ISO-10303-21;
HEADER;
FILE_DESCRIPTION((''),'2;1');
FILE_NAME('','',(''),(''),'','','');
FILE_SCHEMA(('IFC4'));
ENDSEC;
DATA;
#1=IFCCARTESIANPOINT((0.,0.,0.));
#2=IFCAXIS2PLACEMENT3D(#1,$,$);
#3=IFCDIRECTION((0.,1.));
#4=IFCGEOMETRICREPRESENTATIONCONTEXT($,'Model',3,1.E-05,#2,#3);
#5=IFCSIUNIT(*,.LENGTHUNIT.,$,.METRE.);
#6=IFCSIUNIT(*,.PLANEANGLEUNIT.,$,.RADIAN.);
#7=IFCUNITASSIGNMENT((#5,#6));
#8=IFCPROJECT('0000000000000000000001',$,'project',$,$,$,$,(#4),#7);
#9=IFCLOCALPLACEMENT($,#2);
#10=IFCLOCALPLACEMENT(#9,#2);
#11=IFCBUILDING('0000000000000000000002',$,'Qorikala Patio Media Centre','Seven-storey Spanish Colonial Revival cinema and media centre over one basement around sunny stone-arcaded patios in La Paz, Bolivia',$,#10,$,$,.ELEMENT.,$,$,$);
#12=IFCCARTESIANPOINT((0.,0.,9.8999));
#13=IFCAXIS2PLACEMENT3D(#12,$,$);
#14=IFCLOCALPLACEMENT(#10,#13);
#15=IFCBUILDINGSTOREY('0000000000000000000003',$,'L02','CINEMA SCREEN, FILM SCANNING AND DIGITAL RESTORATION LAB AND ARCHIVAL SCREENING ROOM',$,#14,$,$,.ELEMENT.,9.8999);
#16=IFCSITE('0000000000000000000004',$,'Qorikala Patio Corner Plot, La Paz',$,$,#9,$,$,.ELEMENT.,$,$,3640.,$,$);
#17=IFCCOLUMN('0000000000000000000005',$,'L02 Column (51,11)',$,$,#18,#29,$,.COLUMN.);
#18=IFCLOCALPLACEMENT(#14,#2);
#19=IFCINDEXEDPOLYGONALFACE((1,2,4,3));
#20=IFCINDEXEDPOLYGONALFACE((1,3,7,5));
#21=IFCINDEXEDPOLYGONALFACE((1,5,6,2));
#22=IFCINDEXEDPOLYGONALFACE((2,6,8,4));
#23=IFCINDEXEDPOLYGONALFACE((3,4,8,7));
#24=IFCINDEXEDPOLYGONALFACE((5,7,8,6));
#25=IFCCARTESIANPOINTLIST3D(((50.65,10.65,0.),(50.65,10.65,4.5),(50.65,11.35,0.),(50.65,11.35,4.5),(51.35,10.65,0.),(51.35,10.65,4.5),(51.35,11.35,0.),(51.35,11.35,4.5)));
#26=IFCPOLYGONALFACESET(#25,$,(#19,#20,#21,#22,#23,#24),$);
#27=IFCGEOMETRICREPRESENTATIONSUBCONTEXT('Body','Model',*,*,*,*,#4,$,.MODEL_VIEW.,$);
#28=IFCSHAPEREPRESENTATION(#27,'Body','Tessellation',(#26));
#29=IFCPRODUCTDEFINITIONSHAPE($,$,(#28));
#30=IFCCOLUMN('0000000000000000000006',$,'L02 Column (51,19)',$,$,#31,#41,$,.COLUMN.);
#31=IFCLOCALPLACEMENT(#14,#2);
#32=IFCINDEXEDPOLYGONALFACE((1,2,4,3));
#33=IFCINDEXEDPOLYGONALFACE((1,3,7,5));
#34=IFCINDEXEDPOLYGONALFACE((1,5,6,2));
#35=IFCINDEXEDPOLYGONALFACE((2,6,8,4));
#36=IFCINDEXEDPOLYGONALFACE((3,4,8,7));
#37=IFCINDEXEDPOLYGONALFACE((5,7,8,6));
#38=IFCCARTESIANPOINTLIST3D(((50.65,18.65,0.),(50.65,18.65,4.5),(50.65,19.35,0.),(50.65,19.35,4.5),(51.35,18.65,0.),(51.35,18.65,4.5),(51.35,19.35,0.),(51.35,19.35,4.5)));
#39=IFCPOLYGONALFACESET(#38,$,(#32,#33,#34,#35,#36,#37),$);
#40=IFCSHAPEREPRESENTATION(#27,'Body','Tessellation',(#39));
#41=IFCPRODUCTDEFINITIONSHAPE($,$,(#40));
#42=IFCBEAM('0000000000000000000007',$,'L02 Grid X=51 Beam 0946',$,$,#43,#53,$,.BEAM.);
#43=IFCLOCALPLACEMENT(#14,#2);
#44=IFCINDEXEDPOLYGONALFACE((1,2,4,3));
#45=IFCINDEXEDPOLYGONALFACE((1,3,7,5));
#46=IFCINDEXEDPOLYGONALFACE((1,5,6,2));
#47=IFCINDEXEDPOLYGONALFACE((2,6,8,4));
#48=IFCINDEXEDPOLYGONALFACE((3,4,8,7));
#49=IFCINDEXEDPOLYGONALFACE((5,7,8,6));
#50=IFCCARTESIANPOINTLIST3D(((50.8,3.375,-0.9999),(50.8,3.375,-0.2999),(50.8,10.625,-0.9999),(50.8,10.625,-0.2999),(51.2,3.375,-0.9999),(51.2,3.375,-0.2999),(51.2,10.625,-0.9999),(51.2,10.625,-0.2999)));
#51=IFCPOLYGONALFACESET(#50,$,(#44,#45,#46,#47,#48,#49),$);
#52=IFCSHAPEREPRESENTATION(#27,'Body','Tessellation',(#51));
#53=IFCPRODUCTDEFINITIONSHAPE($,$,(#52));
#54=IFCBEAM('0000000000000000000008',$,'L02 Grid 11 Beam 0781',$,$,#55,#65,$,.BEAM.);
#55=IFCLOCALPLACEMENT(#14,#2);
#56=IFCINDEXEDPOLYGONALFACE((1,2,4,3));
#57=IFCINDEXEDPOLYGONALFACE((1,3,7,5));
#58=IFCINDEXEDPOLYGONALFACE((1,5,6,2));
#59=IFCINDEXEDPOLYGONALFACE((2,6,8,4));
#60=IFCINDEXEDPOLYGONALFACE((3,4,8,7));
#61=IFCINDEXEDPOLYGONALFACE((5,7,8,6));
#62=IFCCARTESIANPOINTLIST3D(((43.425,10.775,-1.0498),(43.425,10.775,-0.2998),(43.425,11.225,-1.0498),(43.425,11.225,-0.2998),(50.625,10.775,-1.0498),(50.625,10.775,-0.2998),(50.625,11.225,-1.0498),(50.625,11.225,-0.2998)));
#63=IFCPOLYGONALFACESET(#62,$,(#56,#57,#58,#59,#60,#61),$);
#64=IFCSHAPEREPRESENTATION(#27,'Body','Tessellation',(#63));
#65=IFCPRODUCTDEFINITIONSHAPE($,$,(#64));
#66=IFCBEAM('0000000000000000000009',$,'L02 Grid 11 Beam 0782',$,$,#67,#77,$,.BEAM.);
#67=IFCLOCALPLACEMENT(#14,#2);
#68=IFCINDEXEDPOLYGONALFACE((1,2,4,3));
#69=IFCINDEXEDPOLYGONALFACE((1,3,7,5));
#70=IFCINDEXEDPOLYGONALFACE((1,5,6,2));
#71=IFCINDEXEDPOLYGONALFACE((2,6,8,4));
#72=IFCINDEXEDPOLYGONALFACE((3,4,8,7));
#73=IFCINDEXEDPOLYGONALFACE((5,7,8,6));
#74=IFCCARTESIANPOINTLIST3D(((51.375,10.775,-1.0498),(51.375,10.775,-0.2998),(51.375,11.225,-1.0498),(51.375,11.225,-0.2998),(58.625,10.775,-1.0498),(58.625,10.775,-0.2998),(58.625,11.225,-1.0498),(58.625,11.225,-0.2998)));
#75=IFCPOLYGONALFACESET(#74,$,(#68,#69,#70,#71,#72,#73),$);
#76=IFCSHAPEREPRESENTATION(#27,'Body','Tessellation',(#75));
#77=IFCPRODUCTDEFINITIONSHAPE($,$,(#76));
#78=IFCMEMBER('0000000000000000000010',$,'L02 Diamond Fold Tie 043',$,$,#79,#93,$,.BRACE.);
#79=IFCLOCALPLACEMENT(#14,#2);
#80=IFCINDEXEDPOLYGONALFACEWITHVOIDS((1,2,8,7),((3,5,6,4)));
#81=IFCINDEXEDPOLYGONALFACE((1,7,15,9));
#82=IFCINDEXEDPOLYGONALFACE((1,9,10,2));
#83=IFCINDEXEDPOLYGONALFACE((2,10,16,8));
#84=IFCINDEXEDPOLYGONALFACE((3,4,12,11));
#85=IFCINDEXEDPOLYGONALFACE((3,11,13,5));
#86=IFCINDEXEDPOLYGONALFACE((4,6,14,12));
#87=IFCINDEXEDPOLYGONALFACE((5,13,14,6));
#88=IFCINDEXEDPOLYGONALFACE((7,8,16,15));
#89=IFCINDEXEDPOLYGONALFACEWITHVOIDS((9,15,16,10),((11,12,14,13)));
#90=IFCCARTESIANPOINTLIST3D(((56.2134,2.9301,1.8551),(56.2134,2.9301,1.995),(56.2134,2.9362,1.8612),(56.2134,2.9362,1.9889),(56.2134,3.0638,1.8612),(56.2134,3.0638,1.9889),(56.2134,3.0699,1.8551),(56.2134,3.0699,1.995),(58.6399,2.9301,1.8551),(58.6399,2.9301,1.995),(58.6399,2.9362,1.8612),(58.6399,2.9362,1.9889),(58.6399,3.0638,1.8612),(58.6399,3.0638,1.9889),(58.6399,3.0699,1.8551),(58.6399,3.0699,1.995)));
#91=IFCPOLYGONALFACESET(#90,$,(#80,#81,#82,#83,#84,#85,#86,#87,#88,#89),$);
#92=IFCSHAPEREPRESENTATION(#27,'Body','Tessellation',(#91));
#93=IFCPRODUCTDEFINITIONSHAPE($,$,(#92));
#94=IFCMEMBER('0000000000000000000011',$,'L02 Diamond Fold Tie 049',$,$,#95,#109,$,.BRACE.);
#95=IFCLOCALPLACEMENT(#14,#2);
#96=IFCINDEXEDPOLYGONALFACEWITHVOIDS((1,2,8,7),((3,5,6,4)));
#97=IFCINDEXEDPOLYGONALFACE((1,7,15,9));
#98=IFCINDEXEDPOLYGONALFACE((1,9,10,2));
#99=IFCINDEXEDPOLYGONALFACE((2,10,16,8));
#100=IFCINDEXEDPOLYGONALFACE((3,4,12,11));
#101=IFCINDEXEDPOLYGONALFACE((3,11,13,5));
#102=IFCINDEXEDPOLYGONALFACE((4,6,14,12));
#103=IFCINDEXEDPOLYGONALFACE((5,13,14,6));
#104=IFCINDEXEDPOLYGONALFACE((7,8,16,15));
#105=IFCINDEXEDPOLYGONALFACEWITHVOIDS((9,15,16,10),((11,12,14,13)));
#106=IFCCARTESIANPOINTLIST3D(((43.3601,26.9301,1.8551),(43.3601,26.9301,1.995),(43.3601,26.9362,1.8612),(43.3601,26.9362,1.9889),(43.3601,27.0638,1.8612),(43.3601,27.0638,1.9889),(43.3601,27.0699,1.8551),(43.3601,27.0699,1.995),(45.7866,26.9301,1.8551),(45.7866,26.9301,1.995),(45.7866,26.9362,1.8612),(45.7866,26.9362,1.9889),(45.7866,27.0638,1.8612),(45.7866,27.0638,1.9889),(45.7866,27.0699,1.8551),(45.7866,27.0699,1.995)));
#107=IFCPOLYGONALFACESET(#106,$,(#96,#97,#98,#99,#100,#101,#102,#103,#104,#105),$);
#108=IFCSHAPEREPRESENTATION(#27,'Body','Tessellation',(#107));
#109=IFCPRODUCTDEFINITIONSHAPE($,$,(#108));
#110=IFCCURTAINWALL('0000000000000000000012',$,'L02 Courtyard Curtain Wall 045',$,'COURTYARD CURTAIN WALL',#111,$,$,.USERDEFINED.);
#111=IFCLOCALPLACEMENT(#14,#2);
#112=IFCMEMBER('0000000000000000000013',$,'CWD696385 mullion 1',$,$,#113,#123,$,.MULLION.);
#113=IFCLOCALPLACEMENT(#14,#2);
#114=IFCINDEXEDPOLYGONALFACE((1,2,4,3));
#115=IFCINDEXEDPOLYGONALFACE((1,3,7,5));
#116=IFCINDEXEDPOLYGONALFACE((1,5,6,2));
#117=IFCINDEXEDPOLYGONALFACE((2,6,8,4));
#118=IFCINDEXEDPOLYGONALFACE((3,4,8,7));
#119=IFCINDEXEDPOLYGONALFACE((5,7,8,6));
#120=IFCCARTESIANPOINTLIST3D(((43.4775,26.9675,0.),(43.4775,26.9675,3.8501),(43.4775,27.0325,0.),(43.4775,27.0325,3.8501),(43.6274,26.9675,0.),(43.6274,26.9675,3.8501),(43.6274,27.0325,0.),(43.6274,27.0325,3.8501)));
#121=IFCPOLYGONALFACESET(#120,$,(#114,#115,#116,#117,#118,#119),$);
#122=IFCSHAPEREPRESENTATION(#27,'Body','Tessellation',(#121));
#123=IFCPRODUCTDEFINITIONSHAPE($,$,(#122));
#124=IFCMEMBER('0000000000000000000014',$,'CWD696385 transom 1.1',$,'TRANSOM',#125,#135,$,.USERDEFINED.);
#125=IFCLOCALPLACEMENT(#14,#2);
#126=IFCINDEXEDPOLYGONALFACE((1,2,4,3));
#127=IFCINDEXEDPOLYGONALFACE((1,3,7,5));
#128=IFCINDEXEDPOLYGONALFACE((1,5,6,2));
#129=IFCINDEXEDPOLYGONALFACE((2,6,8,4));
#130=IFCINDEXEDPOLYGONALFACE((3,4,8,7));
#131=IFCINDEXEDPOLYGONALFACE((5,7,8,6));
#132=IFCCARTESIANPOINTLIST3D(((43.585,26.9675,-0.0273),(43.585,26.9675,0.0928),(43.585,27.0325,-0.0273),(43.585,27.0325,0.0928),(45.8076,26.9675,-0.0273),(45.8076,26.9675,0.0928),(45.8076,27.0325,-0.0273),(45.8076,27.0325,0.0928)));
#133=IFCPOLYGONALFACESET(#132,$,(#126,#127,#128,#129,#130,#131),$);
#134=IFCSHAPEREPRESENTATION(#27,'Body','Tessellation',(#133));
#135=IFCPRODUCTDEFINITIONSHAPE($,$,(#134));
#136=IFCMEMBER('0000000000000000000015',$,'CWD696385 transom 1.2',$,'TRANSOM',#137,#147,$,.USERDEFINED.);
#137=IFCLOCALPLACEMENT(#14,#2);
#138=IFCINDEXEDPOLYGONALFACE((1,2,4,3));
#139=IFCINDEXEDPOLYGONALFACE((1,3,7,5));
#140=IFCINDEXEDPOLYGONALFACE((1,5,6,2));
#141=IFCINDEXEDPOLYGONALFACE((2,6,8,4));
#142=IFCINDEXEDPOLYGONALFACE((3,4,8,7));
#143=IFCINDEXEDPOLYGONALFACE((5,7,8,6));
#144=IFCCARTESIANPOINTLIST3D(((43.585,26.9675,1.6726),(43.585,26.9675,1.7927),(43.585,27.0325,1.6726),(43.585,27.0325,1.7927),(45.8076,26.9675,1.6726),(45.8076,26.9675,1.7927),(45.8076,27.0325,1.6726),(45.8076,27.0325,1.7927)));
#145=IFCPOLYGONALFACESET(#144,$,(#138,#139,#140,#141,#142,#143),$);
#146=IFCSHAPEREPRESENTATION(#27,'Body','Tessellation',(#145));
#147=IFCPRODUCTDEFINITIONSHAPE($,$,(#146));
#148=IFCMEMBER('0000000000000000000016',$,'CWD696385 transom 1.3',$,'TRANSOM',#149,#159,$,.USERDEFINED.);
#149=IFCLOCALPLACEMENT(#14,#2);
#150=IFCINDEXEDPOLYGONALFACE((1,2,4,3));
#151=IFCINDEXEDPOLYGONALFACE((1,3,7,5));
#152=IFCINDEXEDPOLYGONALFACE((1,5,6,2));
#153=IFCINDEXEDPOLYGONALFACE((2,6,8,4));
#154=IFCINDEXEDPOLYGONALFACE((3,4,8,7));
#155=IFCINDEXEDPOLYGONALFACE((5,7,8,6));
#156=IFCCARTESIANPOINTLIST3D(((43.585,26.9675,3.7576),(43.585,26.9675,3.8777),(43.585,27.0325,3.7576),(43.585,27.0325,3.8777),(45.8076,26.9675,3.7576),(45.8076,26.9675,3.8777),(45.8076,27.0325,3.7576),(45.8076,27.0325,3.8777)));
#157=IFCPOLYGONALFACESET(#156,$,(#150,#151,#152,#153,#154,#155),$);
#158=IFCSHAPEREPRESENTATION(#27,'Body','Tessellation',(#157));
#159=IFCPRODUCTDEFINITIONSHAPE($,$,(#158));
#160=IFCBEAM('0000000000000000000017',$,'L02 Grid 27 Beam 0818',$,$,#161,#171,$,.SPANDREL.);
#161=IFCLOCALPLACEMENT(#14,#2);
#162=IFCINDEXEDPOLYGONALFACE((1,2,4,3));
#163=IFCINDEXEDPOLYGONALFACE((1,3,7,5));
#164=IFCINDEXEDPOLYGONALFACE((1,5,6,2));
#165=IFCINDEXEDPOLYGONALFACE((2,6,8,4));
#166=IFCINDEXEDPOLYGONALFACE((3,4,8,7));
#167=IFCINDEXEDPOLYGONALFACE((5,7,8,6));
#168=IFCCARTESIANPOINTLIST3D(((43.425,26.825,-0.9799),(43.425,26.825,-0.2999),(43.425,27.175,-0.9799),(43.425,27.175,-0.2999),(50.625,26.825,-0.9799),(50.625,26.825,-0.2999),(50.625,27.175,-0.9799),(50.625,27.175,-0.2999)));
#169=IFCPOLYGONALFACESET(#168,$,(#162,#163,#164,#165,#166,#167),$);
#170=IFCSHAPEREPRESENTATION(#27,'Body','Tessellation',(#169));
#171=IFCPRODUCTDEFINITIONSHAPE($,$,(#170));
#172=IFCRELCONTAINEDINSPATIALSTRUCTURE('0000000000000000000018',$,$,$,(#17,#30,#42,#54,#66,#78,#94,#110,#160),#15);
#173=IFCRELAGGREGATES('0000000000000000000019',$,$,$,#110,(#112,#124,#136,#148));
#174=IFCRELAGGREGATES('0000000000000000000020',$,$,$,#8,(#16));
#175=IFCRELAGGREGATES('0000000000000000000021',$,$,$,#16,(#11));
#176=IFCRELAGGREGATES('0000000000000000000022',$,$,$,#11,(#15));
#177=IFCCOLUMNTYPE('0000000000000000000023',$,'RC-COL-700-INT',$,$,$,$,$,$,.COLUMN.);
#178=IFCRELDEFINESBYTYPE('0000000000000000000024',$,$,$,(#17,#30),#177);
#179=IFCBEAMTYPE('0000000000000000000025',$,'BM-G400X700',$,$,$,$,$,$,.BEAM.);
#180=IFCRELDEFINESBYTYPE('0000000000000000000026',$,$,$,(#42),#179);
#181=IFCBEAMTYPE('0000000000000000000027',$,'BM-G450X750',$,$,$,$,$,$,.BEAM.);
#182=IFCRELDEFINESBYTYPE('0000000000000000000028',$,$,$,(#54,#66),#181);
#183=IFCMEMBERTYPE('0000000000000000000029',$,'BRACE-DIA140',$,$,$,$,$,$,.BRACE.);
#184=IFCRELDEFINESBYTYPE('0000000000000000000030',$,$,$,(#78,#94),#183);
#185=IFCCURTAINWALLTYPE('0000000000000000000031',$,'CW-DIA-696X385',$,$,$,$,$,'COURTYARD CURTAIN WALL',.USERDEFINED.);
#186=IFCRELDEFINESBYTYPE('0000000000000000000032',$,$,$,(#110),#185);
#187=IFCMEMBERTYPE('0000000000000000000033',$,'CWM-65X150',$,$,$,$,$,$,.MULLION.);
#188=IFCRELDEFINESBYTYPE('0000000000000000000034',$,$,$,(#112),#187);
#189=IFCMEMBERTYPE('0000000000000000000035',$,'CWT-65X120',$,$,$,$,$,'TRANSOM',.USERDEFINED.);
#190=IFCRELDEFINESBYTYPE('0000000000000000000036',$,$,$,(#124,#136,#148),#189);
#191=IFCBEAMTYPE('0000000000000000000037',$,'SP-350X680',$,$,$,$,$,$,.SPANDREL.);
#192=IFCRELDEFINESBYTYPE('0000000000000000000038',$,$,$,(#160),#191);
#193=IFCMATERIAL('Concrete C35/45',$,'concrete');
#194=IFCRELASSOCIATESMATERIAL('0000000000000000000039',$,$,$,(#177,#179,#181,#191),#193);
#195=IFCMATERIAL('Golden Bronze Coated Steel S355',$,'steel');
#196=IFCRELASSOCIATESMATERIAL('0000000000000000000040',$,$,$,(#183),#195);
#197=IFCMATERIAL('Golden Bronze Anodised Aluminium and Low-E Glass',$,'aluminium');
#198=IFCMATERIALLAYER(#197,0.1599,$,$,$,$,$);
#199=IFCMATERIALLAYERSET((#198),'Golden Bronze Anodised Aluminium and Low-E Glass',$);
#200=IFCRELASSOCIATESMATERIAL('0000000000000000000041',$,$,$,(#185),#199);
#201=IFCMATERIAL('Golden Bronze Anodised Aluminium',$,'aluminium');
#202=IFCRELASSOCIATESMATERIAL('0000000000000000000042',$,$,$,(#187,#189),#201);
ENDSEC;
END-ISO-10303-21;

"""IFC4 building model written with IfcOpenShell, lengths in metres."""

from ifc_helpers import new_model, si_unit, direction, frame, origin, origin_2d, place, context, subcontext, project, spatial, rectangle, hollow_rectangle, extrude, material, layer, layer_set, material_profile, profile_set, type_object, element, aggregate, save


model = new_model("IFC4")

# Units and contexts
model_context = context("Model", 3, precision=1e-05, world=origin(), true_north=direction((0.0, 1.0)))
body_context = subcontext(model_context, "Body", "Model", "MODEL_VIEW")
ifc_project = project(units=[si_unit("LENGTHUNIT", "METRE"), si_unit("PLANEANGLEUNIT", "RADIAN")], contexts=[model_context])

# Site, building, storey
site_placement = place(None, origin())
site = spatial("IfcSite", under=ifc_project, at=site_placement, Name="Qorikala Patio Corner Plot, La Paz", CompositionType="ELEMENT", RefElevation=3640.0)
building_placement = place(site_placement, origin())
building = spatial("IfcBuilding", under=site, at=building_placement, Name="Qorikala Patio Media Centre", Description="Seven-storey Spanish Colonial Revival cinema and media centre over one basement around sunny stone-arcaded patios in La Paz, Bolivia", CompositionType="ELEMENT")
storey_placement = place(building_placement, frame((0.0, 0.0, 9.8999)))
storey = spatial("IfcBuildingStorey", under=building, at=storey_placement, Name="L02", Description="CINEMA SCREEN, FILM SCANNING AND DIGITAL RESTORATION LAB AND ARCHIVAL SCREENING ROOM", CompositionType="ELEMENT", Elevation=9.8999)

# Columns
ifc_material_1 = material(Name="Concrete C35/45", Category="concrete")
ifc_material_profile_1 = material_profile(ifc_material_1, rectangle(XDim=0.7, YDim=0.7, at=origin_2d()), Name="RC 700x700")
ifc_profile_set_1 = profile_set([ifc_material_profile_1], Name="Concrete C35/45")
column_type = type_object("IfcColumnType", Name="RC-COL-700-INT", PredefinedType="COLUMN", material=ifc_profile_set_1)
for number, where, z_axis, x_axis, name in (
    (1, (51.0, 11.0, 0.0), (0.0, 0.0, 1.0), (1.0, 0.0, 0.0), "L02 Column (51,11)"),
    (2, (51.0, 19.0, 0.0), (0.0, 0.0, 1.0), (1.0, 0.0, 0.0), "L02 Column (51,19)"),
):
    element("IfcColumn", number, at=place(storey_placement, frame(where, z_axis=z_axis, x_axis=x_axis)), inside=storey, type_object=column_type, Name=name, PredefinedType="COLUMN", context=body_context, shape_type="SweptSolid", body=[
        extrude(rectangle(XDim=0.7, YDim=0.7, at=origin_2d()), origin(), (0.0, 0.0, 1.0), 4.5),
    ])

# Beams
ifc_material_profile_2 = material_profile(ifc_material_1, rectangle(XDim=0.3999, YDim=0.7, at=origin_2d()), Name="RC 400x700")
ifc_profile_set_2 = profile_set([ifc_material_profile_2], Name="Concrete C35/45")
beam_type_1 = type_object("IfcBeamType", Name="BM-G400X700", PredefinedType="BEAM", material=ifc_profile_set_2)
beam_1_placement = place(storey_placement, frame((51.0, 3.375, -0.6499), z_axis=(0.0, 1.0, 0.0), x_axis=(-1.0, 0.0, 0.0)))
element("IfcBeam", 3, at=beam_1_placement, inside=storey, type_object=beam_type_1, Name="L02 Grid X=51 Beam 0946", PredefinedType="BEAM", context=body_context, shape_type="SweptSolid", body=[
    extrude(rectangle(XDim=0.3999, YDim=0.7, at=origin_2d()), origin(), (0.0, 0.0, 1.0), 7.25),
])
ifc_material_profile_3 = material_profile(ifc_material_1, rectangle(XDim=0.45, YDim=0.75, at=origin_2d()), Name="RC 450x750")
ifc_profile_set_3 = profile_set([ifc_material_profile_3], Name="Concrete C35/45")
beam_type_2 = type_object("IfcBeamType", Name="BM-G450X750", PredefinedType="BEAM", material=ifc_profile_set_3)
beam_2_placement = place(storey_placement, frame((43.425, 11.0, -0.6748), z_axis=(1.0, 0.0, 0.0), x_axis=(0.0, 1.0, 0.0)))
element("IfcBeam", 4, at=beam_2_placement, inside=storey, type_object=beam_type_2, Name="L02 Grid 11 Beam 0781", PredefinedType="BEAM", context=body_context, shape_type="SweptSolid", body=[
    extrude(rectangle(XDim=0.45, YDim=0.75, at=origin_2d()), origin(), (0.0, 0.0, 1.0), 7.2),
])
beam_3_placement = place(storey_placement, frame((51.375, 11.0, -0.6748), z_axis=(1.0, 0.0, 0.0), x_axis=(0.0, 1.0, 0.0)))
element("IfcBeam", 5, at=beam_3_placement, inside=storey, type_object=beam_type_2, Name="L02 Grid 11 Beam 0782", PredefinedType="BEAM", context=body_context, shape_type="SweptSolid", body=[
    extrude(rectangle(XDim=0.45, YDim=0.75, at=origin_2d()), origin(), (0.0, 0.0, 1.0), 7.25),
])

# Members
ifc_material_2 = material(Name="Golden Bronze Coated Steel S355", Category="steel")
ifc_material_profile_4 = material_profile(ifc_material_2, hollow_rectangle(XDim=0.1399, YDim=0.1399, WallThickness=0.0061, at=origin_2d()), Name="HSS140X140X6")
ifc_profile_set_4 = profile_set([ifc_material_profile_4], Name="Golden Bronze Coated Steel S355")
member_type_1 = type_object("IfcMemberType", Name="BRACE-DIA140", PredefinedType="BRACE", material=ifc_profile_set_4)
for number, where, z_axis, x_axis, name in (
    (6, (58.6399, 3.0, 1.925), (-1.0, 0.0, 0.0), (0.0, -1.0, 0.0), "L02 Diamond Fold Tie 043"),
    (7, (43.3601, 27.0, 1.925), (1.0, 0.0, 0.0), (0.0, 1.0, 0.0), "L02 Diamond Fold Tie 049"),
):
    element("IfcMember", number, at=place(storey_placement, frame(where, z_axis=z_axis, x_axis=x_axis)), inside=storey, type_object=member_type_1, Name=name, PredefinedType="BRACE", context=body_context, shape_type="SweptSolid", body=[
        extrude(hollow_rectangle(XDim=0.1399, YDim=0.1399, WallThickness=0.0061, at=origin_2d()), origin(), (0.0, 0.0, 1.0), 2.4265),
    ])

# Curtain wall, members
ifc_material_3 = material(Name="Golden Bronze Anodised Aluminium and Low-E Glass", Category="aluminium")
ifc_layer_1 = layer(ifc_material_3, 0.1599)
ifc_layer_set_1 = layer_set([ifc_layer_1], Name="Golden Bronze Anodised Aluminium and Low-E Glass")
curtain_wall_type = type_object("IfcCurtainWallType", Name="CW-DIA-696X385", ElementType="COURTYARD CURTAIN WALL", PredefinedType="USERDEFINED", material=ifc_layer_set_1)
curtain_wall_placement = place(storey_placement, origin())
curtain_wall = element("IfcCurtainWall", 8, at=curtain_wall_placement, inside=storey, type_object=curtain_wall_type, Name="L02 Courtyard Curtain Wall 045", ObjectType="COURTYARD CURTAIN WALL", PredefinedType="USERDEFINED")
ifc_material_4 = material(Name="Golden Bronze Anodised Aluminium", Category="aluminium")
ifc_material_profile_5 = material_profile(ifc_material_4, rectangle(XDim=0.0649, YDim=0.1499, at=origin_2d()), Name="ALU MULLION 65x150")
ifc_profile_set_5 = profile_set([ifc_material_profile_5], Name="Golden Bronze Anodised Aluminium")
member_type_2 = type_object("IfcMemberType", Name="CWM-65X150", PredefinedType="MULLION", material=ifc_profile_set_5)
member_1_placement = place(storey_placement, frame((43.5525, 27.0, 0.0), z_axis=(0.0, 0.0, 1.0), x_axis=(0.0, 1.0, 0.0)))
member_1 = element("IfcMember", 9, at=member_1_placement, type_object=member_type_2, Name="CWD696385 mullion 1", PredefinedType="MULLION", context=body_context, shape_type="SweptSolid", body=[
    extrude(rectangle(XDim=0.0649, YDim=0.1499, at=origin_2d()), origin(), (0.0, 0.0, 1.0), 3.8501),
])
ifc_material_profile_6 = material_profile(ifc_material_4, rectangle(XDim=0.0649, YDim=0.1201, at=origin_2d()), Name="ALU TRANSOM 65x120")
ifc_profile_set_6 = profile_set([ifc_material_profile_6], Name="Golden Bronze Anodised Aluminium")
member_type_3 = type_object("IfcMemberType", Name="CWT-65X120", ElementType="TRANSOM", PredefinedType="USERDEFINED", material=ifc_profile_set_6)
member_2_placement = place(storey_placement, frame((43.585, 27.0, 0.0327), z_axis=(1.0, 0.0, 0.0), x_axis=(0.0, 1.0, 0.0)))
member_2 = element("IfcMember", 10, at=member_2_placement, type_object=member_type_3, Name="CWD696385 transom 1.1", ObjectType="TRANSOM", PredefinedType="USERDEFINED", context=body_context, shape_type="SweptSolid", body=[
    extrude(rectangle(XDim=0.0649, YDim=0.1201, at=origin_2d()), origin(), (0.0, 0.0, 1.0), 2.2227),
])
member_3_placement = place(storey_placement, frame((43.585, 27.0, 1.7327), z_axis=(1.0, 0.0, 0.0), x_axis=(0.0, 1.0, 0.0)))
member_3 = element("IfcMember", 11, at=member_3_placement, type_object=member_type_3, Name="CWD696385 transom 1.2", ObjectType="TRANSOM", PredefinedType="USERDEFINED", context=body_context, shape_type="SweptSolid", body=[
    extrude(rectangle(XDim=0.0649, YDim=0.1201, at=origin_2d()), origin(), (0.0, 0.0, 1.0), 2.2227),
])
member_4_placement = place(storey_placement, frame((43.585, 27.0, 3.8176), z_axis=(1.0, 0.0, 0.0), x_axis=(0.0, 1.0, 0.0)))
member_4 = element("IfcMember", 12, at=member_4_placement, type_object=member_type_3, Name="CWD696385 transom 1.3", ObjectType="TRANSOM", PredefinedType="USERDEFINED", context=body_context, shape_type="SweptSolid", body=[
    extrude(rectangle(XDim=0.0649, YDim=0.1201, at=origin_2d()), origin(), (0.0, 0.0, 1.0), 2.2227),
])

# Beam
ifc_material_profile_7 = material_profile(ifc_material_1, rectangle(XDim=0.3501, YDim=0.6799, at=origin_2d()), Name="RC 350x680")
ifc_profile_set_7 = profile_set([ifc_material_profile_7], Name="Concrete C35/45")
beam_type_3 = type_object("IfcBeamType", Name="SP-350X680", PredefinedType="SPANDREL", material=ifc_profile_set_7)
beam_4_placement = place(storey_placement, frame((43.425, 27.0, -0.6399), z_axis=(1.0, 0.0, 0.0), x_axis=(0.0, 1.0, 0.0)))
element("IfcBeam", 13, at=beam_4_placement, inside=storey, type_object=beam_type_3, Name="L02 Grid 27 Beam 0818", PredefinedType="SPANDREL", context=body_context, shape_type="SweptSolid", body=[
    extrude(rectangle(XDim=0.3501, YDim=0.6799, at=origin_2d()), origin(), (0.0, 0.0, 1.0), 7.2),
])

aggregate(curtain_wall, [member_1, member_2, member_3, member_4])

save(model, "model.ifc")
